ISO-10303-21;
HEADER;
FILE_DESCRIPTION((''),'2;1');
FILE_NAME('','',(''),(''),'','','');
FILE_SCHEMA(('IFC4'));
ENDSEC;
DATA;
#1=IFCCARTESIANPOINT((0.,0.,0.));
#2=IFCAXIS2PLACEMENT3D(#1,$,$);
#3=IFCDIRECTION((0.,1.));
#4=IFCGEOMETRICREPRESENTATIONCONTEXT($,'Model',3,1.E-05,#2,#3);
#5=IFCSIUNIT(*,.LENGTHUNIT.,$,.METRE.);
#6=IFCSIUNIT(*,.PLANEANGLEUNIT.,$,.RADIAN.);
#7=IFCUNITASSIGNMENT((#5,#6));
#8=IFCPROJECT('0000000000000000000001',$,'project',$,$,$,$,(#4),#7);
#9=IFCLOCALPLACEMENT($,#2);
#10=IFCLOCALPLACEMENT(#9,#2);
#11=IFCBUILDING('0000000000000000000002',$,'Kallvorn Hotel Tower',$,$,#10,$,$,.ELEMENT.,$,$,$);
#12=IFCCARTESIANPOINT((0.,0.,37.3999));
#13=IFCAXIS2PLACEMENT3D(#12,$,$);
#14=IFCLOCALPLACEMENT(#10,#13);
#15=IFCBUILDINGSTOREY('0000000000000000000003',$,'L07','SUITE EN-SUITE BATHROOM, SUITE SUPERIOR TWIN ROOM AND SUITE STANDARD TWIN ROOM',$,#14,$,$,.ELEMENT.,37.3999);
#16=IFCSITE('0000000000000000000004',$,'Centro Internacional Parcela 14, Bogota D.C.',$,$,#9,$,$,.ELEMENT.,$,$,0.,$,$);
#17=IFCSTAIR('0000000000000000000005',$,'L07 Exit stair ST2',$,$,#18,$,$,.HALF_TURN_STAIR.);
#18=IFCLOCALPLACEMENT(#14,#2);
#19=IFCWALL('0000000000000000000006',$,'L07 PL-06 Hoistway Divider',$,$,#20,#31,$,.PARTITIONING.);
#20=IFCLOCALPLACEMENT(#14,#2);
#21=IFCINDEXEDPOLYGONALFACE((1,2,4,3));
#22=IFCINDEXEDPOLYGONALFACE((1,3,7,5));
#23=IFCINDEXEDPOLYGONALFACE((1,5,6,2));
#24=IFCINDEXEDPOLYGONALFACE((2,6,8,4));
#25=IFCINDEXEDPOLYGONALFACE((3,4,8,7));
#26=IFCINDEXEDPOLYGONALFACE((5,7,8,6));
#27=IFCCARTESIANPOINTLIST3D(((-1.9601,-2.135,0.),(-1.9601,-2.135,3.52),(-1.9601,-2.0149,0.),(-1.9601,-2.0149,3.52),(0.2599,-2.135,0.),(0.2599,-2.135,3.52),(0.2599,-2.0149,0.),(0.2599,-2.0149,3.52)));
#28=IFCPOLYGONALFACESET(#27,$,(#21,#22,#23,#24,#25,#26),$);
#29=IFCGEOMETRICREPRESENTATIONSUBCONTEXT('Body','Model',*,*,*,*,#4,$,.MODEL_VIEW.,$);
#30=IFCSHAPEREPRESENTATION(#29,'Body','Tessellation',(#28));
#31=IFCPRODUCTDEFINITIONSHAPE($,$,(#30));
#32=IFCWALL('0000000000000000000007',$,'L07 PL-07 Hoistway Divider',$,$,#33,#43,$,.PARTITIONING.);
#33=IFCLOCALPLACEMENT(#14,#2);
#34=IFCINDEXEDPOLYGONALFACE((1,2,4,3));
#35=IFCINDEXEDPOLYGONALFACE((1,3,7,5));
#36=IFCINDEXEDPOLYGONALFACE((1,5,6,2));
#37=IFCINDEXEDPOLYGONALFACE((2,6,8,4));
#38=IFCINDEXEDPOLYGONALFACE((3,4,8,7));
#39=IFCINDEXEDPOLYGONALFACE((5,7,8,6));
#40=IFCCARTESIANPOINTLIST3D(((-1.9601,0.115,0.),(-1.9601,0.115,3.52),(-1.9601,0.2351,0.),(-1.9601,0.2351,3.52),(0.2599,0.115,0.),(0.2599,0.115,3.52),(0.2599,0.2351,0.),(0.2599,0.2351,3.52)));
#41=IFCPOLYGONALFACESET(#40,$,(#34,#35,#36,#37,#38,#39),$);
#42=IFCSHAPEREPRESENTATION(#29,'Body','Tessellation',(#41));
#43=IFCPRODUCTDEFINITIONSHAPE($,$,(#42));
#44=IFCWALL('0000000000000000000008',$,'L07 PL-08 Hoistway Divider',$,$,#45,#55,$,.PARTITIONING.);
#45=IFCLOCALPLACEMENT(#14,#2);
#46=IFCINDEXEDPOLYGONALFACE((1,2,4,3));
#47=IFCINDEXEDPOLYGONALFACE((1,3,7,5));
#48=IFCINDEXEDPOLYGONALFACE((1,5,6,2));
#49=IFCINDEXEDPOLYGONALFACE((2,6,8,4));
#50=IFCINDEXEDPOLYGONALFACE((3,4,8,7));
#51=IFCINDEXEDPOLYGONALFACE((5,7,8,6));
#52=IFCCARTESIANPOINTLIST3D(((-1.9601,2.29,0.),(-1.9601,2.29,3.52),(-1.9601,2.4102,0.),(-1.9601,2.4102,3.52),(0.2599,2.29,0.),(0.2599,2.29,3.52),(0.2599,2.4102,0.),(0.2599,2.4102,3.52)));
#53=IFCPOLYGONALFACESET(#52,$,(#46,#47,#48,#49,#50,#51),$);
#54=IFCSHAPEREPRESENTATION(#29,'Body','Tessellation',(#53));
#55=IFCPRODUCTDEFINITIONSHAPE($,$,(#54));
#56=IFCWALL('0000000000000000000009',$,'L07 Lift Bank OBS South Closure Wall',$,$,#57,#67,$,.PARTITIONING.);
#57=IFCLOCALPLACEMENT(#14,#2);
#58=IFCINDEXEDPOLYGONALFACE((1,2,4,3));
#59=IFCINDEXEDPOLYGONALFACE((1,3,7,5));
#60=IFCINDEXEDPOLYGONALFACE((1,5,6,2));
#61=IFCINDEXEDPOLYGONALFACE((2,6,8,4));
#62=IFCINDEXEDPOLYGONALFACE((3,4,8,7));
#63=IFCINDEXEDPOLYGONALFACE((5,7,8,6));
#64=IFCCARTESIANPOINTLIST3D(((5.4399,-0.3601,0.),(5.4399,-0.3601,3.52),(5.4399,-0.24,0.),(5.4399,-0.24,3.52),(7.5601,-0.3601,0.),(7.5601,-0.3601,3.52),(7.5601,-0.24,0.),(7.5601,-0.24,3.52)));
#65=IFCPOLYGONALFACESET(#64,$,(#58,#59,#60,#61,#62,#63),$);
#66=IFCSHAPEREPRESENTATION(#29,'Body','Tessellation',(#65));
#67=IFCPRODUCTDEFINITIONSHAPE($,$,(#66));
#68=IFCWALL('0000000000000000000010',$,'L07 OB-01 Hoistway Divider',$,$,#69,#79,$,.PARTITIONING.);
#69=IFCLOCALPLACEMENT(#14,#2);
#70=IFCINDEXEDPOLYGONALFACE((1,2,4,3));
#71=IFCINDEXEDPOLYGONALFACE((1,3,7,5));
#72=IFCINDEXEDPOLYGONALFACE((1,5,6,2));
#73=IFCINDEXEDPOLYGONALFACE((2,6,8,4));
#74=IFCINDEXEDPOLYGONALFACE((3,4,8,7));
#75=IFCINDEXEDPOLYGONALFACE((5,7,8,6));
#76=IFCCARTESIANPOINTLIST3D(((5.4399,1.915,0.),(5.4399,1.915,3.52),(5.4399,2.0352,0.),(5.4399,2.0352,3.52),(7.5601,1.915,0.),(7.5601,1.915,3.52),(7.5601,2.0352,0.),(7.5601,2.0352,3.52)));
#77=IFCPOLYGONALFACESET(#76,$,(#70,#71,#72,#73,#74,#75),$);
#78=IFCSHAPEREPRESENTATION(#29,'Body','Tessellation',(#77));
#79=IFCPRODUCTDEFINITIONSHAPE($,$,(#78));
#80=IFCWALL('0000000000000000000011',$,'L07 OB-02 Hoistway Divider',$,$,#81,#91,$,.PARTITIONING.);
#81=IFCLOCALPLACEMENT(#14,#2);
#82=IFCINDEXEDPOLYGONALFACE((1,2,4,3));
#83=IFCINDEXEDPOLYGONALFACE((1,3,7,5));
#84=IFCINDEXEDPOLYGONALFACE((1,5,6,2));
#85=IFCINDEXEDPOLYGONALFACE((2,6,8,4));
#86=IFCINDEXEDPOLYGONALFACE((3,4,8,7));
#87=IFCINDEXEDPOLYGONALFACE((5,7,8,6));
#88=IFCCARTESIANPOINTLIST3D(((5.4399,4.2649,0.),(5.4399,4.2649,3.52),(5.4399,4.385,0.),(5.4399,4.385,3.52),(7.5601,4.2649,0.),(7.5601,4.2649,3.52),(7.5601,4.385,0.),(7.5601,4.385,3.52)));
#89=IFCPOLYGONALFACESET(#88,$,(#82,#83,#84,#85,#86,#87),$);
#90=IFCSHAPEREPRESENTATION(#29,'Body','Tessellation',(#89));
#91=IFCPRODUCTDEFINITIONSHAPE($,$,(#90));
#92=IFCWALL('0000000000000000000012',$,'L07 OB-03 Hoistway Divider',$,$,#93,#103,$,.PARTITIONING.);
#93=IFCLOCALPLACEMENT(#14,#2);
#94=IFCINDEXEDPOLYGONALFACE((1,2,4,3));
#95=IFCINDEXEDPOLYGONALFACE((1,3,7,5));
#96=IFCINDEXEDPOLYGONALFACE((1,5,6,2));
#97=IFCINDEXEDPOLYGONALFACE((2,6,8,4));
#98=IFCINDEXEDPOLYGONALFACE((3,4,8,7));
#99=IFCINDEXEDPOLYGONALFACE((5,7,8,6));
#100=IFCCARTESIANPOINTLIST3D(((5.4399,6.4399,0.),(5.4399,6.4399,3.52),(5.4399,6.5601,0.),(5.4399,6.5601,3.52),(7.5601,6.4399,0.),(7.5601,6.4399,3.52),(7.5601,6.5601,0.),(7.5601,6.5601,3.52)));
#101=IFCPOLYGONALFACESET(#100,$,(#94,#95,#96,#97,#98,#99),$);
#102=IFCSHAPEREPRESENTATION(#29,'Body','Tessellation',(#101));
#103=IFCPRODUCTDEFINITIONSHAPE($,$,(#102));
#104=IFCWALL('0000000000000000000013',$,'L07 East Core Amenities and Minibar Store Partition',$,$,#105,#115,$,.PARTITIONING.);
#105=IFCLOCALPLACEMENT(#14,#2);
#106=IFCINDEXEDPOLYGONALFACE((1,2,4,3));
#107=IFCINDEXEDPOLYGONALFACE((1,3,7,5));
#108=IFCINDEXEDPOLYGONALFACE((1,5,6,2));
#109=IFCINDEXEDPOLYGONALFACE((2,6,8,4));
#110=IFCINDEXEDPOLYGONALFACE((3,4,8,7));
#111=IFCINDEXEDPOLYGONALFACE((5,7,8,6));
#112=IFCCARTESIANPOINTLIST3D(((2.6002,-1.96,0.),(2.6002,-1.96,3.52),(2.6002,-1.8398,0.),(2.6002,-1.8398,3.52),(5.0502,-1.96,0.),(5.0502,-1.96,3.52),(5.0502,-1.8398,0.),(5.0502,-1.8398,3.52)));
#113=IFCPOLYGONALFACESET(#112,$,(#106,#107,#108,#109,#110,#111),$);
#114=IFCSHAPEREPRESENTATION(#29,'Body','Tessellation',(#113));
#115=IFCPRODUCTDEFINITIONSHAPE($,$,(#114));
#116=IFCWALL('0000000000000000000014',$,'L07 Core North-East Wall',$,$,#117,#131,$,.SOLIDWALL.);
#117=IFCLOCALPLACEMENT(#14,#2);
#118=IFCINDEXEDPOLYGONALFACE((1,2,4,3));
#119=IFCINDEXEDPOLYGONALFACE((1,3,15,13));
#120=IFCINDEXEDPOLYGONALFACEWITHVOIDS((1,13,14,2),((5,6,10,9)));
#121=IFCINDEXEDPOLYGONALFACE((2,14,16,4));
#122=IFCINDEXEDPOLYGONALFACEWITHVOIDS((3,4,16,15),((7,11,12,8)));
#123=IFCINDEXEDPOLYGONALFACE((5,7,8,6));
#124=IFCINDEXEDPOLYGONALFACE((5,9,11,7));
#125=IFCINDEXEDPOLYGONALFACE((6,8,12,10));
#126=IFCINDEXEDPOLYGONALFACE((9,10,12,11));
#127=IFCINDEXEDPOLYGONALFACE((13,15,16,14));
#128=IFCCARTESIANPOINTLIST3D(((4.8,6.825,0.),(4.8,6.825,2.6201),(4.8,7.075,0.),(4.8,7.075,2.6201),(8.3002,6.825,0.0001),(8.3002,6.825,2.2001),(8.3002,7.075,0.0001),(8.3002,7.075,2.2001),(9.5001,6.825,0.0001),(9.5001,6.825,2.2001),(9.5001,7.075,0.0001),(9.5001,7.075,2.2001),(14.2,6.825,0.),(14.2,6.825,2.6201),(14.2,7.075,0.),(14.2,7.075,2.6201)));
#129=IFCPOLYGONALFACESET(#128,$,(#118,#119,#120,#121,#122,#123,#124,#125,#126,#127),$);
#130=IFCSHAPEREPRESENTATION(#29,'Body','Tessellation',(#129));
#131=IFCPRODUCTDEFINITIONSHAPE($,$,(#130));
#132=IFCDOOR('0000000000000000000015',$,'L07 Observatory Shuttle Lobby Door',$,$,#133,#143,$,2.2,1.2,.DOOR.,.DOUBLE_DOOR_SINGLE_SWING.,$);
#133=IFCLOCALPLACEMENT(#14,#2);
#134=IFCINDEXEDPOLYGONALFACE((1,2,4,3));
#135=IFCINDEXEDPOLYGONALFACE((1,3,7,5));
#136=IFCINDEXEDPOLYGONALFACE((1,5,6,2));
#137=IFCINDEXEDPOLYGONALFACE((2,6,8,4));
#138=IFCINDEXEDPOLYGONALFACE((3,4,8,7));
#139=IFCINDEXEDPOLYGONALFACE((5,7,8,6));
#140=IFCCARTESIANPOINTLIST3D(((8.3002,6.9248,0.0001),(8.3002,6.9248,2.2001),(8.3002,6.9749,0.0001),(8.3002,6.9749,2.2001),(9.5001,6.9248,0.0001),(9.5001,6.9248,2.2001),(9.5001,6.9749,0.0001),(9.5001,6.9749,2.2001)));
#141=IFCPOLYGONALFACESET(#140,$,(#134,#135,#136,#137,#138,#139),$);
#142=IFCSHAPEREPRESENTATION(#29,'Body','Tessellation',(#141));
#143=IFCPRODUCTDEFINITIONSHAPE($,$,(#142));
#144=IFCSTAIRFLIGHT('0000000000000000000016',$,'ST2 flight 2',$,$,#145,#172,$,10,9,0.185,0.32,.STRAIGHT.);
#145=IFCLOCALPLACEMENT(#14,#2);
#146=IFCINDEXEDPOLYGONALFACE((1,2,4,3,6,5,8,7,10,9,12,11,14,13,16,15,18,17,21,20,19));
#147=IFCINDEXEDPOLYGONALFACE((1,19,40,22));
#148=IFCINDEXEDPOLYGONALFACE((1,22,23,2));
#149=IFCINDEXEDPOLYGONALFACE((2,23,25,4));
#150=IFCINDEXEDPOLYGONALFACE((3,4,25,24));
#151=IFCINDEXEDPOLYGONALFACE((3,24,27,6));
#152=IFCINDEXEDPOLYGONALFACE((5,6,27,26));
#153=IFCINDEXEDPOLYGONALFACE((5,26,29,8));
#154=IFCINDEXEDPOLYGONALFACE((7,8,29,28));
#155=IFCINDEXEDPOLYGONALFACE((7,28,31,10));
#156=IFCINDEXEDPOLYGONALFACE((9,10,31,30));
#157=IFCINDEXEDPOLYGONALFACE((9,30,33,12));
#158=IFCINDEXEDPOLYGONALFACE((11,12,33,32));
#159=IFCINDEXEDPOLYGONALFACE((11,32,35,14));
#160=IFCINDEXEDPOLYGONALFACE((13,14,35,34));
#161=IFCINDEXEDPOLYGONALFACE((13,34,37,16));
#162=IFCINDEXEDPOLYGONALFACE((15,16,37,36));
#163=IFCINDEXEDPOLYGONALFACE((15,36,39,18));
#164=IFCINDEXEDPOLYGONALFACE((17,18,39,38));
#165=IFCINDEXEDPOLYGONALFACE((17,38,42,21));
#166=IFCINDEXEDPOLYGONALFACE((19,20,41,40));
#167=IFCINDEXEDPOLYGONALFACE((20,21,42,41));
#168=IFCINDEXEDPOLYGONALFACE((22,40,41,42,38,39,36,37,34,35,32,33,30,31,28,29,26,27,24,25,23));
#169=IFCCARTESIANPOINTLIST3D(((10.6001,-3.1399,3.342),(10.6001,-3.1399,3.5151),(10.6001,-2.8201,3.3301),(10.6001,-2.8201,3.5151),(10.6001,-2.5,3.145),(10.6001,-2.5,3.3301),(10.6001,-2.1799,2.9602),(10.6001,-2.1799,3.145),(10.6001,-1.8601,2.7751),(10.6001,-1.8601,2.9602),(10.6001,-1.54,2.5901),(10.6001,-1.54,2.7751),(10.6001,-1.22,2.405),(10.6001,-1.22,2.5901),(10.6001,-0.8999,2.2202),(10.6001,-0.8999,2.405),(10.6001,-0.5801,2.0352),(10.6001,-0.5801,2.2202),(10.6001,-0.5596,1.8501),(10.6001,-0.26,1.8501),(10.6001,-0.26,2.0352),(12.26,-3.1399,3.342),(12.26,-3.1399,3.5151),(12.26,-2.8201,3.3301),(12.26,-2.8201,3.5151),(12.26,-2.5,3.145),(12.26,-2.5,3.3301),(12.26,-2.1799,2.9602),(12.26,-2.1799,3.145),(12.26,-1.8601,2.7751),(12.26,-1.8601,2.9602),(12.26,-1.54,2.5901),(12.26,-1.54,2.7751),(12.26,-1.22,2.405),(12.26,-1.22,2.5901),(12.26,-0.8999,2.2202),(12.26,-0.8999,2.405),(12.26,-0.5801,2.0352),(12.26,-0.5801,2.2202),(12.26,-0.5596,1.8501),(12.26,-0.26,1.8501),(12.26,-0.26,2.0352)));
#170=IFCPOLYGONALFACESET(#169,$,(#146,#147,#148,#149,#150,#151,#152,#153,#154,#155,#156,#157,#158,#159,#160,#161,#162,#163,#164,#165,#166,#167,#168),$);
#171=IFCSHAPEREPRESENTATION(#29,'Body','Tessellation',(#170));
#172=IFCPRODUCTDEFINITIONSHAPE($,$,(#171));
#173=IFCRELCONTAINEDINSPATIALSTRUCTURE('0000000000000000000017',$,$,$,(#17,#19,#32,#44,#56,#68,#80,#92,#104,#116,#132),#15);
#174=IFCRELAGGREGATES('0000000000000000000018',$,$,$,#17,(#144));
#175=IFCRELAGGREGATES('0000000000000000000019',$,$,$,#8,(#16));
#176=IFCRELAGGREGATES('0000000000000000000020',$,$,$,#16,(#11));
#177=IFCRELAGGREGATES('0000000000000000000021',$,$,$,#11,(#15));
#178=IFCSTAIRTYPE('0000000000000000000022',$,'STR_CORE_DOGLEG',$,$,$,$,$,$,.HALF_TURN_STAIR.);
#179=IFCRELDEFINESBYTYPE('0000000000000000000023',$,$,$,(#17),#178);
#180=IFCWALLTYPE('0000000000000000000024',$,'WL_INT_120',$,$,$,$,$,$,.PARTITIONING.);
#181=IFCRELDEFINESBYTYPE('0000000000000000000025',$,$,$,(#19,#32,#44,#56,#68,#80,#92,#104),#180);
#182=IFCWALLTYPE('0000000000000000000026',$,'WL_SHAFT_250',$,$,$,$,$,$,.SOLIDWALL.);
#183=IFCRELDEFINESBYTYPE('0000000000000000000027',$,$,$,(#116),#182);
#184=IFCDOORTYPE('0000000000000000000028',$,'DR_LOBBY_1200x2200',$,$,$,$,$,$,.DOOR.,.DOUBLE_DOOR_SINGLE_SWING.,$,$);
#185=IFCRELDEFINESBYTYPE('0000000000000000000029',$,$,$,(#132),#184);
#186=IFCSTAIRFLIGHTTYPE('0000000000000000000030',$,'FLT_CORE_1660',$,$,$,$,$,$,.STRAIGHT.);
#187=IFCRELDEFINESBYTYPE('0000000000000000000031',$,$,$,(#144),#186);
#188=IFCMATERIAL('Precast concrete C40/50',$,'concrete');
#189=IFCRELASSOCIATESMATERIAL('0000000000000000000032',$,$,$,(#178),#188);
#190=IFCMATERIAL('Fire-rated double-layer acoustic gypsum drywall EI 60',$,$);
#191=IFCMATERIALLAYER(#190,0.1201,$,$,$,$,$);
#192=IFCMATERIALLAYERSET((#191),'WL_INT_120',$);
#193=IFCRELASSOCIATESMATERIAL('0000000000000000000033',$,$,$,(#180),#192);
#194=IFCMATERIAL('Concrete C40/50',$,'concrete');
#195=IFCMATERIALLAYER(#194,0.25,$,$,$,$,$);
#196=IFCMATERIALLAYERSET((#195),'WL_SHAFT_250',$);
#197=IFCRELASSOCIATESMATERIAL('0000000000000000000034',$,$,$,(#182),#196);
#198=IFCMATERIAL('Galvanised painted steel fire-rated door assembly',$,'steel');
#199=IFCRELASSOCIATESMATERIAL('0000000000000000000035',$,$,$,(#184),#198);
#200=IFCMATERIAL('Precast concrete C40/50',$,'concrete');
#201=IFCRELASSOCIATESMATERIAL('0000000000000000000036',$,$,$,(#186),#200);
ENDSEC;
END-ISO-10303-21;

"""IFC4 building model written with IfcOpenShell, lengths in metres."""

from ifc_helpers import new_model, si_unit, direction, frame, frame_2d, origin, place, context, subcontext, project, spatial, polyline, rectangle, outline, extrude, material, layer, layer_set, type_object, element, fill, aggregate, save


model = new_model("IFC4")

# Units and contexts
model_context = context("Model", 3, precision=1e-05, world=origin(), true_north=direction((0.0, 1.0)))
body_context = subcontext(model_context, "Body", "Model", "MODEL_VIEW")
ifc_project = project(units=[si_unit("LENGTHUNIT", "METRE"), si_unit("PLANEANGLEUNIT", "RADIAN")], contexts=[model_context])

# Site, building, storey
site_placement = place(None, origin())
site = spatial("IfcSite", under=ifc_project, at=site_placement, Name="Centro Internacional Parcela 14, Bogota D.C.", CompositionType="ELEMENT", RefElevation=0.0)
building_placement = place(site_placement, origin())
building = spatial("IfcBuilding", under=site, at=building_placement, Name="Kallvorn Hotel Tower", CompositionType="ELEMENT")
storey_placement = place(building_placement, frame((0.0, 0.0, 37.3999)))
storey = spatial("IfcBuildingStorey", under=building, at=storey_placement, Name="L07", Description="SUITE EN-SUITE BATHROOM, SUITE SUPERIOR TWIN ROOM AND SUITE STANDARD TWIN ROOM", CompositionType="ELEMENT", Elevation=37.3999)

# Stair
ifc_material_1 = material(Name="Precast concrete C40/50", Category="concrete")
stair_type = type_object("IfcStairType", Name="STR_CORE_DOGLEG", PredefinedType="HALF_TURN_STAIR", material=ifc_material_1)
stair_1_placement = place(storey_placement, origin())
stair_1 = element("IfcStair", 1, at=stair_1_placement, inside=storey, type_object=stair_type, Name="L07 Exit stair ST2", PredefinedType="HALF_TURN_STAIR")

# Walls
ifc_material_2 = material(Name="Fire-rated double-layer acoustic gypsum drywall EI 60")
ifc_layer_1 = layer(ifc_material_2, 0.1201)
ifc_layer_set_1 = layer_set([ifc_layer_1], Name="WL_INT_120")
wall_type_1 = type_object("IfcWallType", Name="WL_INT_120", PredefinedType="PARTITIONING", material=ifc_layer_set_1)
for number, where, z_axis, x_axis, name in (
    (2, (-1.96, -2.075, 0.0), (0.0, 0.0, 1.0), (1.0, 0.0, 0.0), "L07 PL-06 Hoistway Divider"),
    (3, (-1.96, 0.175, 0.0), (0.0, 0.0, 1.0), (1.0, 0.0, 0.0), "L07 PL-07 Hoistway Divider"),
    (4, (-1.96, 2.3501, 0.0), (0.0, 0.0, 1.0), (1.0, 0.0, 0.0), "L07 PL-08 Hoistway Divider"),
):
    element("IfcWall", number, at=place(storey_placement, frame(where, z_axis=z_axis, x_axis=x_axis)), inside=storey, type_object=wall_type_1, Name=name, PredefinedType="PARTITIONING", context=body_context, shape_type="SweptSolid", body=[
        extrude(rectangle(XDim=2.22, YDim=0.1201, at=frame_2d((1.1099, 0.0))), origin(), (0.0, 0.0, 1.0), 3.52),
    ])
for number, where, z_axis, x_axis, name in (
    (5, (5.4399, -0.3, 0.0), (0.0, 0.0, 1.0), (1.0, 0.0, 0.0), "L07 Lift Bank OBS South Closure Wall"),
    (6, (5.4399, 1.9751, 0.0), (0.0, 0.0, 1.0), (1.0, 0.0, 0.0), "L07 OB-01 Hoistway Divider"),
    (7, (5.4399, 4.325, 0.0), (0.0, 0.0, 1.0), (1.0, 0.0, 0.0), "L07 OB-02 Hoistway Divider"),
    (8, (5.4399, 6.5, 0.0), (0.0, 0.0, 1.0), (1.0, 0.0, 0.0), "L07 OB-03 Hoistway Divider"),
):
    element("IfcWall", number, at=place(storey_placement, frame(where, z_axis=z_axis, x_axis=x_axis)), inside=storey, type_object=wall_type_1, Name=name, PredefinedType="PARTITIONING", context=body_context, shape_type="SweptSolid", body=[
        extrude(rectangle(XDim=2.1201, YDim=0.1201, at=frame_2d((1.0601, 0.0))), origin(), (0.0, 0.0, 1.0), 3.52),
    ])
wall_1_placement = place(storey_placement, frame((2.6001, -1.8999, 0.0), z_axis=(0.0, 0.0, 1.0), x_axis=(1.0, 0.0, 0.0)))
element("IfcWall", 9, at=wall_1_placement, inside=storey, type_object=wall_type_1, Name="L07 East Core Amenities and Minibar Store Partition", PredefinedType="PARTITIONING", context=body_context, shape_type="SweptSolid", body=[
    extrude(rectangle(XDim=2.45, YDim=0.1201, at=frame_2d((1.2251, 0.0))), origin(), (0.0, 0.0, 1.0), 3.52),
])

# Wall, opening, door
ifc_material_3 = material(Name="Concrete C40/50", Category="concrete")
ifc_layer_2 = layer(ifc_material_3, 0.25)
ifc_layer_set_2 = layer_set([ifc_layer_2], Name="WL_SHAFT_250")
wall_type_2 = type_object("IfcWallType", Name="WL_SHAFT_250", PredefinedType="SOLIDWALL", material=ifc_layer_set_2)
wall_2_placement = place(storey_placement, frame((4.8, 6.95, 0.0), z_axis=(0.0, 0.0, 1.0), x_axis=(1.0, 0.0, 0.0)))
wall_2 = element("IfcWall", 10, at=wall_2_placement, inside=storey, type_object=wall_type_2, Name="L07 Core North-East Wall", PredefinedType="SOLIDWALL", context=body_context, shape_type="SweptSolid", body=[
    extrude(rectangle(XDim=9.3999, YDim=0.25, at=frame_2d((4.7, 0.0))), origin(), (0.0, 0.0, 1.0), 2.6201),
])
opening_placement = place(wall_2_placement, frame((3.5, 0.0, 0.0)))
opening = element("IfcOpeningElement", 11, at=opening_placement, cuts=wall_2, PredefinedType="OPENING", context=body_context, shape_type="SweptSolid", body=[
    extrude(rectangle(XDim=1.2, YDim=2.2, at=frame_2d((0.6001, 1.1001))), frame((0.0, 0.1399, 0.0), z_axis=(0.0, -1.0, 0.0), x_axis=(1.0, 0.0, 0.0)), (0.0, 0.0, 1.0), 0.28),
])
ifc_material_4 = material(Name="Galvanised painted steel fire-rated door assembly", Category="steel")
door_type = type_object("IfcDoorType", Name="DR_LOBBY_1200x2200", OperationType="DOUBLE_DOOR_SINGLE_SWING", PredefinedType="DOOR", material=ifc_material_4)
door_placement = place(opening_placement, origin())
door = element("IfcDoor", 12, at=door_placement, inside=storey, type_object=door_type, Name="L07 Observatory Shuttle Lobby Door", OperationType="DOUBLE_DOOR_SINGLE_SWING", OverallHeight=2.2, OverallWidth=1.2, PredefinedType="DOOR", context=body_context, shape_type="SweptSolid", body=[
    extrude(rectangle(XDim=1.2, YDim=2.2, at=frame_2d((0.6001, 1.1001))), frame((0.0, 0.0249, 0.0), z_axis=(0.0, -1.0, 0.0), x_axis=(1.0, 0.0, 0.0)), (0.0, 0.0, 1.0), 0.05),
])
fill(opening, door)

# Stair flight
ifc_material_5 = material(Name="Precast concrete C40/50", Category="concrete")
stair_flight_type = type_object("IfcStairFlightType", Name="FLT_CORE_1660", PredefinedType="STRAIGHT", material=ifc_material_5)
stair_flight_1_placement = place(storey_placement, frame((11.4299, -0.26, 1.8501), z_axis=(0.0, 0.0, 1.0), x_axis=(0.0, -1.0, 0.0)))
stair_flight_1 = element("IfcStairFlight", 13, at=stair_flight_1_placement, type_object=stair_flight_type, Name="ST2 flight 2", NumberOfRisers=10, NumberOfTreads=9, PredefinedType="STRAIGHT", RiserHeight=0.185, TreadLength=0.32, context=body_context, shape_type="SweptSolid", body=[
    extrude(outline(polyline([(0.0, 0.0), (0.0, 0.1851), (0.3201, 0.1851), (0.3201, 0.3701), (0.6399, 0.3701), (0.6399, 0.5549), (0.96, 0.5549), (0.96, 0.74), (1.28, 0.74), (1.28, 0.925), (1.6001, 0.925), (1.6001, 1.1101), (1.9199, 1.1101), (1.9199, 1.2949), (2.24, 1.2949), (2.24, 1.48), (2.5601, 1.48), (2.5601, 1.665), (2.8799, 1.665), (2.8799, 1.8501), (2.8799, 1.4919), (0.2996, 0.0), (0.0, 0.0)])), frame((0.0, 0.8301, 0.0), z_axis=(0.0, -1.0, 0.0), x_axis=(1.0, 0.0, 0.0)), (0.0, 0.0, 1.0), 1.6599),
])
aggregate(stair_1, [stair_flight_1])

save(model, "model.ifc")
